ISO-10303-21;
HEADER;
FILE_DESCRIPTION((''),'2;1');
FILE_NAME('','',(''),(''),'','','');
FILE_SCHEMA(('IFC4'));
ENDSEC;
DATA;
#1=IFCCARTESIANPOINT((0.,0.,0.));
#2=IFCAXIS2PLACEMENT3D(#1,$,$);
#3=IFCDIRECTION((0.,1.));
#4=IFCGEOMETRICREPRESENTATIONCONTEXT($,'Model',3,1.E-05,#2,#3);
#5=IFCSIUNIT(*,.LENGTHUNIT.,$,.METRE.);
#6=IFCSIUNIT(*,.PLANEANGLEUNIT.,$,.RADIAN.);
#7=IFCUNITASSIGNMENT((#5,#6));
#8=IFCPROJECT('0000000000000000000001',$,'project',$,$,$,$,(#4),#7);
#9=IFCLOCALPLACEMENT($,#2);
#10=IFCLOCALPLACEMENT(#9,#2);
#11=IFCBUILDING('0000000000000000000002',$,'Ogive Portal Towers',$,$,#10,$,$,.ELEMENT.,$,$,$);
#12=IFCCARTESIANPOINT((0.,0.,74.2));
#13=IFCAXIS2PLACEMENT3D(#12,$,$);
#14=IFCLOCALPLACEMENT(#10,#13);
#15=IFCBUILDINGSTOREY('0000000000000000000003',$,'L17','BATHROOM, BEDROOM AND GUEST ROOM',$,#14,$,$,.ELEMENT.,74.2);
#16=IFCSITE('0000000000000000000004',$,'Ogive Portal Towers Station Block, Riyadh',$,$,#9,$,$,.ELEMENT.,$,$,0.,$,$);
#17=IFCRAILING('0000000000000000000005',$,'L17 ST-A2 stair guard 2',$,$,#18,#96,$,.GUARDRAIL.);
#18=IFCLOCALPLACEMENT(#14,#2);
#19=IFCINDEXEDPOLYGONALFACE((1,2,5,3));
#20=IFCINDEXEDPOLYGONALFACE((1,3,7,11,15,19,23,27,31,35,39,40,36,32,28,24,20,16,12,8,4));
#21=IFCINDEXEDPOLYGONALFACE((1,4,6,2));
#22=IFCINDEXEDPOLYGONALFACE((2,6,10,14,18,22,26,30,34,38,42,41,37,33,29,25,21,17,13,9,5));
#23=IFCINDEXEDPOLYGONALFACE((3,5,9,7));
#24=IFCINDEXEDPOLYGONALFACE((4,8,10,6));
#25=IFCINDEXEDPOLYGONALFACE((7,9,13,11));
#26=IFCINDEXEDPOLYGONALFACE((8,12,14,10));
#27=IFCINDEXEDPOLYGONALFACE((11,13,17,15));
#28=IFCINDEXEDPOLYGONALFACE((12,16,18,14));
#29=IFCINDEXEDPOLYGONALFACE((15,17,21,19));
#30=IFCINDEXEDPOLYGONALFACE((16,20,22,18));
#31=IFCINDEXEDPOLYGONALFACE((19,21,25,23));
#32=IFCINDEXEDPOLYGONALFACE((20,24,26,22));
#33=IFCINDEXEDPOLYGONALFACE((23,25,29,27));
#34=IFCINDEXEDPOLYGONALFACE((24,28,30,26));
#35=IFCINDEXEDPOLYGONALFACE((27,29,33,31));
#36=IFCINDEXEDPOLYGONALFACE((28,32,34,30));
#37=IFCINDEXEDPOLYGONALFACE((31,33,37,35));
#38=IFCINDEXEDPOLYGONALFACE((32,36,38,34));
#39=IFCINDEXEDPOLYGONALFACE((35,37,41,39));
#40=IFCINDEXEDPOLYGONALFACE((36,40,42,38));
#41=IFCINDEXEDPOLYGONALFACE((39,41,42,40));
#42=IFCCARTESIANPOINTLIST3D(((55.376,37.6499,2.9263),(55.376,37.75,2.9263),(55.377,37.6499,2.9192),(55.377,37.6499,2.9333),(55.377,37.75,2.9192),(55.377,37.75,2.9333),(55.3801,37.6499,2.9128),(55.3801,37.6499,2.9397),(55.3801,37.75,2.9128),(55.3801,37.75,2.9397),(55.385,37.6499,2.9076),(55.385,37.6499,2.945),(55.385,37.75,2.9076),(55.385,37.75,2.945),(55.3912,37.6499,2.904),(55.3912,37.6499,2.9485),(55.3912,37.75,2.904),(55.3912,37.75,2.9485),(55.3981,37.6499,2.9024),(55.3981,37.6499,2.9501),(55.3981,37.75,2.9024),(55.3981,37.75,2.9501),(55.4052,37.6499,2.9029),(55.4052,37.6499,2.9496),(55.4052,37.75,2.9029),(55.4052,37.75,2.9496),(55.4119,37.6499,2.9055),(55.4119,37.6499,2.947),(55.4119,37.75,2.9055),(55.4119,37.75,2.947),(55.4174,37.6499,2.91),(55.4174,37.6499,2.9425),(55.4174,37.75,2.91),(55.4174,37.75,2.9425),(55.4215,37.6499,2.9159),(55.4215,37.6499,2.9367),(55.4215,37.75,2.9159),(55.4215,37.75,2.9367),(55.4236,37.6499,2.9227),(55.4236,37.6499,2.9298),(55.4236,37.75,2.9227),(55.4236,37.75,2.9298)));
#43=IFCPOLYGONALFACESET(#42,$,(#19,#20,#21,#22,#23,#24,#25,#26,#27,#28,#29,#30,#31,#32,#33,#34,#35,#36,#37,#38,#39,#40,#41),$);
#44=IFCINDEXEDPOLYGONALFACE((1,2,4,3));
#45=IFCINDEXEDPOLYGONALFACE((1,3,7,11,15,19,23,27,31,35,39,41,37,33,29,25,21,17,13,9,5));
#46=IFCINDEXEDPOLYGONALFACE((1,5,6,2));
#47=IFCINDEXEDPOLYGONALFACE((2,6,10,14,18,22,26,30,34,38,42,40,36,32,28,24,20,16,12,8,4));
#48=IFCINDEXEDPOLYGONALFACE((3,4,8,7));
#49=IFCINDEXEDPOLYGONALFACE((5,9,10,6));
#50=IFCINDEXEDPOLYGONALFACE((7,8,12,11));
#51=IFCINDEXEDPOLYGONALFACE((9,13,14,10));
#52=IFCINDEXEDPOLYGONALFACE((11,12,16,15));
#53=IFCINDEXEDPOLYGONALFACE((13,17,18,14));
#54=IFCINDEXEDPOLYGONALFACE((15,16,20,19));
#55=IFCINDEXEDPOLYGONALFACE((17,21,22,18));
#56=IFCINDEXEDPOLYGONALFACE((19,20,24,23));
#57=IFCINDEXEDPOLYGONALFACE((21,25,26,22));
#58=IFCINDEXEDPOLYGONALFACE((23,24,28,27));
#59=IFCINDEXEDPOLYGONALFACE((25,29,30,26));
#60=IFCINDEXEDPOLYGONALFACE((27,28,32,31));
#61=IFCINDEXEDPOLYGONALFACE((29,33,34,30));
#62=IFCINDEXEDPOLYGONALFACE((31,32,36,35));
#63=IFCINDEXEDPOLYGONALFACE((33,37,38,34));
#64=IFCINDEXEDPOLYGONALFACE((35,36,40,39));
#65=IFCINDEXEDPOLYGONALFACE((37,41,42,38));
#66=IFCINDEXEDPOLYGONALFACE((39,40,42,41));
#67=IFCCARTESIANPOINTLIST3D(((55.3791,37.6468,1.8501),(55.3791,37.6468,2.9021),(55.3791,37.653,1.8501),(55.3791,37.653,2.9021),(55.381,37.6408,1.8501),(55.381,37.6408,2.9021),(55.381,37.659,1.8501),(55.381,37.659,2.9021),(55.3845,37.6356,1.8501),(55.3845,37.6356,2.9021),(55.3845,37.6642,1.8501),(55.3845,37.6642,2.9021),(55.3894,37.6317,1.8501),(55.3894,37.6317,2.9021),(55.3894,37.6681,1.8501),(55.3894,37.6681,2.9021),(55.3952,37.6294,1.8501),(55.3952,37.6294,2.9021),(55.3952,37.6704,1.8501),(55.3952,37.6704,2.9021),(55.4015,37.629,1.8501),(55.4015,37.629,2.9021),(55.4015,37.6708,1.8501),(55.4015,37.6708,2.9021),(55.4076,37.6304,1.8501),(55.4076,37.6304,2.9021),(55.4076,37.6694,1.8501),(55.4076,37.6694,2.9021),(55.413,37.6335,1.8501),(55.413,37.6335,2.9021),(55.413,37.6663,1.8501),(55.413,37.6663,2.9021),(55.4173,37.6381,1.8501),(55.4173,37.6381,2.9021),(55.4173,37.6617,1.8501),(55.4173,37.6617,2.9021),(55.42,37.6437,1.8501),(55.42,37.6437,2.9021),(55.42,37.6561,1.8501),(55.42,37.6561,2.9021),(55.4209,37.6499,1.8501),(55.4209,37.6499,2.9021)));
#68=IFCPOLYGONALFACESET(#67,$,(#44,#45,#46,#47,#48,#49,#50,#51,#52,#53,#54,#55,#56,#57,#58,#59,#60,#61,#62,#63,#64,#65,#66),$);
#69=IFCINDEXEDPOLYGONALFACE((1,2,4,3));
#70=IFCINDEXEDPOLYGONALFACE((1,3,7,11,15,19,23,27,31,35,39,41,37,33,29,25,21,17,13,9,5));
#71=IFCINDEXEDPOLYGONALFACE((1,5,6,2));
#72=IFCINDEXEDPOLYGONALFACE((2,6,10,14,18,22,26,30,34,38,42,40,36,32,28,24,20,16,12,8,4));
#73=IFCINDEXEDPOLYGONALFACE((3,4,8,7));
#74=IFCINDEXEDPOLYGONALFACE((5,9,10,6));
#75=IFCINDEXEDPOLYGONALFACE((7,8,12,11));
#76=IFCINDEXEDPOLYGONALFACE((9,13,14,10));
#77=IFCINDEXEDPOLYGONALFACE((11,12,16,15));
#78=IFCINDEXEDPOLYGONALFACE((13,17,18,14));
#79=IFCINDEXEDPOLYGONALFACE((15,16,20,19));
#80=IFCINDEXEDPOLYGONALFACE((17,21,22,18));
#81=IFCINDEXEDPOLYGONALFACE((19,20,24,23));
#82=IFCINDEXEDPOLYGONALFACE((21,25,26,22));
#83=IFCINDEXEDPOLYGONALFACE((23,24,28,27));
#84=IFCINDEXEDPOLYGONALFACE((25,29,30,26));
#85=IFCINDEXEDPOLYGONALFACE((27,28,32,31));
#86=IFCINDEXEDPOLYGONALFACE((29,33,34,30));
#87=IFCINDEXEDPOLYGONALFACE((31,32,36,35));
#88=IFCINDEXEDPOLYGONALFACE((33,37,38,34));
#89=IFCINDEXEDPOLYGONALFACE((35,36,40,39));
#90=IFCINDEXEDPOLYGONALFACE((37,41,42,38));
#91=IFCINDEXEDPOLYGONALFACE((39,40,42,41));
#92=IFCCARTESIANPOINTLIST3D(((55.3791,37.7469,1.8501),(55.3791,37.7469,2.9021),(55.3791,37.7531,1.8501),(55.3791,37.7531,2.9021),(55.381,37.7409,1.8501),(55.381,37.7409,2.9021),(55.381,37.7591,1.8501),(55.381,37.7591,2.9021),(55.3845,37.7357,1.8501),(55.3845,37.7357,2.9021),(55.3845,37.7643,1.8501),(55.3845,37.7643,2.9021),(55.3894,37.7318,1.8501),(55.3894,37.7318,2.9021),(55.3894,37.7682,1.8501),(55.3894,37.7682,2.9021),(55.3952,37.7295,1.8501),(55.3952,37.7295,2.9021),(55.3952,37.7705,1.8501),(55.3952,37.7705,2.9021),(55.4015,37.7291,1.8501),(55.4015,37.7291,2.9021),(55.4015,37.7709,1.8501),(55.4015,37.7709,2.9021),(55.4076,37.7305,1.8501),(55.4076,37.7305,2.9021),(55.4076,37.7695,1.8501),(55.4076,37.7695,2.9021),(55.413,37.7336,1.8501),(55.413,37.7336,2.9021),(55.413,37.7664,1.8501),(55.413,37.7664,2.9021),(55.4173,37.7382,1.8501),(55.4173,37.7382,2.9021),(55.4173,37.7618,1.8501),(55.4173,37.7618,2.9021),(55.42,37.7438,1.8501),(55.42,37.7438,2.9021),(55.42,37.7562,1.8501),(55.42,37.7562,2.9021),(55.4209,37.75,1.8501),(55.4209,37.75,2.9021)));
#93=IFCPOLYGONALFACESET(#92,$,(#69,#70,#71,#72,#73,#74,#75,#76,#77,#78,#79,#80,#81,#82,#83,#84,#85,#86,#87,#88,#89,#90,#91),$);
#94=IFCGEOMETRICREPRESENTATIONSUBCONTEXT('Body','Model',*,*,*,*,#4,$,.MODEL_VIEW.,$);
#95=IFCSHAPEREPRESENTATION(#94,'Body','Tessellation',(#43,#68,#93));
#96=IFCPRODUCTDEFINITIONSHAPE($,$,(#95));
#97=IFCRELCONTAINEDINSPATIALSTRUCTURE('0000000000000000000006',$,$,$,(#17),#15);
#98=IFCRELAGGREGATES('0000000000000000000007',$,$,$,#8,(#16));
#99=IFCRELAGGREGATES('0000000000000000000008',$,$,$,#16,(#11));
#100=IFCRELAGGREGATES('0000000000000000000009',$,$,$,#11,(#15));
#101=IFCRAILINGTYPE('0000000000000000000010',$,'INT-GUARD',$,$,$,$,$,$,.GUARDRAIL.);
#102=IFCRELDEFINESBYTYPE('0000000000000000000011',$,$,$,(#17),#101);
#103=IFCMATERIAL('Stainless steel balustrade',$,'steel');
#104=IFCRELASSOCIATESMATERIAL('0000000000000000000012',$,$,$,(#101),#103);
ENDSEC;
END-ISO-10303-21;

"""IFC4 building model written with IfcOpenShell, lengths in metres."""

from ifc_helpers import new_model, si_unit, direction, frame, origin, origin_2d, place, context, subcontext, project, spatial, circle, extrude, material, type_object, element, save


model = new_model("IFC4")

# Units and contexts
model_context = context("Model", 3, precision=1e-05, world=origin(), true_north=direction((0.0, 1.0)))
body_context = subcontext(model_context, "Body", "Model", "MODEL_VIEW")
ifc_project = project(units=[si_unit("LENGTHUNIT", "METRE"), si_unit("PLANEANGLEUNIT", "RADIAN")], contexts=[model_context])

# Site, building, storey
site_placement = place(None, origin())
site = spatial("IfcSite", under=ifc_project, at=site_placement, Name="Ogive Portal Towers Station Block, Riyadh", CompositionType="ELEMENT", RefElevation=0.0)
building_placement = place(site_placement, origin())
building = spatial("IfcBuilding", under=site, at=building_placement, Name="Ogive Portal Towers", CompositionType="ELEMENT")
storey_placement = place(building_placement, frame((0.0, 0.0, 74.2)))
storey = spatial("IfcBuildingStorey", under=building, at=storey_placement, Name="L17", Description="BATHROOM, BEDROOM AND GUEST ROOM", CompositionType="ELEMENT", Elevation=74.2)

# Railing
ifc_material_1 = material(Name="Stainless steel balustrade", Category="steel")
railing_type_1 = type_object("IfcRailingType", Name="INT-GUARD", PredefinedType="GUARDRAIL", material=ifc_material_1)
railing_1_placement = place(storey_placement, frame((55.3999, 37.6499, 1.8501)))
element("IfcRailing", 1, at=railing_1_placement, inside=storey, type_object=railing_type_1, Name="L17 ST-A2 stair guard 2", PredefinedType="GUARDRAIL", context=body_context, shape_type="SweptSolid", body=[
    extrude(circle(Radius=0.0239, at=origin_2d()), frame((0.0, 0.0, 1.0762), z_axis=(0.0, 1.0, 0.0), x_axis=(-1.0, 0.0, 0.0)), (0.0, 0.0, 1.0), 0.1001),
    extrude(circle(Radius=0.021, at=origin_2d()), origin(), (0.0, 0.0, 1.0), 1.052),
    extrude(circle(Radius=0.021, at=origin_2d()), frame((0.0, 0.1001, 0.0)), (0.0, 0.0, 1.0), 1.052),
])

save(model, "model.ifc")
